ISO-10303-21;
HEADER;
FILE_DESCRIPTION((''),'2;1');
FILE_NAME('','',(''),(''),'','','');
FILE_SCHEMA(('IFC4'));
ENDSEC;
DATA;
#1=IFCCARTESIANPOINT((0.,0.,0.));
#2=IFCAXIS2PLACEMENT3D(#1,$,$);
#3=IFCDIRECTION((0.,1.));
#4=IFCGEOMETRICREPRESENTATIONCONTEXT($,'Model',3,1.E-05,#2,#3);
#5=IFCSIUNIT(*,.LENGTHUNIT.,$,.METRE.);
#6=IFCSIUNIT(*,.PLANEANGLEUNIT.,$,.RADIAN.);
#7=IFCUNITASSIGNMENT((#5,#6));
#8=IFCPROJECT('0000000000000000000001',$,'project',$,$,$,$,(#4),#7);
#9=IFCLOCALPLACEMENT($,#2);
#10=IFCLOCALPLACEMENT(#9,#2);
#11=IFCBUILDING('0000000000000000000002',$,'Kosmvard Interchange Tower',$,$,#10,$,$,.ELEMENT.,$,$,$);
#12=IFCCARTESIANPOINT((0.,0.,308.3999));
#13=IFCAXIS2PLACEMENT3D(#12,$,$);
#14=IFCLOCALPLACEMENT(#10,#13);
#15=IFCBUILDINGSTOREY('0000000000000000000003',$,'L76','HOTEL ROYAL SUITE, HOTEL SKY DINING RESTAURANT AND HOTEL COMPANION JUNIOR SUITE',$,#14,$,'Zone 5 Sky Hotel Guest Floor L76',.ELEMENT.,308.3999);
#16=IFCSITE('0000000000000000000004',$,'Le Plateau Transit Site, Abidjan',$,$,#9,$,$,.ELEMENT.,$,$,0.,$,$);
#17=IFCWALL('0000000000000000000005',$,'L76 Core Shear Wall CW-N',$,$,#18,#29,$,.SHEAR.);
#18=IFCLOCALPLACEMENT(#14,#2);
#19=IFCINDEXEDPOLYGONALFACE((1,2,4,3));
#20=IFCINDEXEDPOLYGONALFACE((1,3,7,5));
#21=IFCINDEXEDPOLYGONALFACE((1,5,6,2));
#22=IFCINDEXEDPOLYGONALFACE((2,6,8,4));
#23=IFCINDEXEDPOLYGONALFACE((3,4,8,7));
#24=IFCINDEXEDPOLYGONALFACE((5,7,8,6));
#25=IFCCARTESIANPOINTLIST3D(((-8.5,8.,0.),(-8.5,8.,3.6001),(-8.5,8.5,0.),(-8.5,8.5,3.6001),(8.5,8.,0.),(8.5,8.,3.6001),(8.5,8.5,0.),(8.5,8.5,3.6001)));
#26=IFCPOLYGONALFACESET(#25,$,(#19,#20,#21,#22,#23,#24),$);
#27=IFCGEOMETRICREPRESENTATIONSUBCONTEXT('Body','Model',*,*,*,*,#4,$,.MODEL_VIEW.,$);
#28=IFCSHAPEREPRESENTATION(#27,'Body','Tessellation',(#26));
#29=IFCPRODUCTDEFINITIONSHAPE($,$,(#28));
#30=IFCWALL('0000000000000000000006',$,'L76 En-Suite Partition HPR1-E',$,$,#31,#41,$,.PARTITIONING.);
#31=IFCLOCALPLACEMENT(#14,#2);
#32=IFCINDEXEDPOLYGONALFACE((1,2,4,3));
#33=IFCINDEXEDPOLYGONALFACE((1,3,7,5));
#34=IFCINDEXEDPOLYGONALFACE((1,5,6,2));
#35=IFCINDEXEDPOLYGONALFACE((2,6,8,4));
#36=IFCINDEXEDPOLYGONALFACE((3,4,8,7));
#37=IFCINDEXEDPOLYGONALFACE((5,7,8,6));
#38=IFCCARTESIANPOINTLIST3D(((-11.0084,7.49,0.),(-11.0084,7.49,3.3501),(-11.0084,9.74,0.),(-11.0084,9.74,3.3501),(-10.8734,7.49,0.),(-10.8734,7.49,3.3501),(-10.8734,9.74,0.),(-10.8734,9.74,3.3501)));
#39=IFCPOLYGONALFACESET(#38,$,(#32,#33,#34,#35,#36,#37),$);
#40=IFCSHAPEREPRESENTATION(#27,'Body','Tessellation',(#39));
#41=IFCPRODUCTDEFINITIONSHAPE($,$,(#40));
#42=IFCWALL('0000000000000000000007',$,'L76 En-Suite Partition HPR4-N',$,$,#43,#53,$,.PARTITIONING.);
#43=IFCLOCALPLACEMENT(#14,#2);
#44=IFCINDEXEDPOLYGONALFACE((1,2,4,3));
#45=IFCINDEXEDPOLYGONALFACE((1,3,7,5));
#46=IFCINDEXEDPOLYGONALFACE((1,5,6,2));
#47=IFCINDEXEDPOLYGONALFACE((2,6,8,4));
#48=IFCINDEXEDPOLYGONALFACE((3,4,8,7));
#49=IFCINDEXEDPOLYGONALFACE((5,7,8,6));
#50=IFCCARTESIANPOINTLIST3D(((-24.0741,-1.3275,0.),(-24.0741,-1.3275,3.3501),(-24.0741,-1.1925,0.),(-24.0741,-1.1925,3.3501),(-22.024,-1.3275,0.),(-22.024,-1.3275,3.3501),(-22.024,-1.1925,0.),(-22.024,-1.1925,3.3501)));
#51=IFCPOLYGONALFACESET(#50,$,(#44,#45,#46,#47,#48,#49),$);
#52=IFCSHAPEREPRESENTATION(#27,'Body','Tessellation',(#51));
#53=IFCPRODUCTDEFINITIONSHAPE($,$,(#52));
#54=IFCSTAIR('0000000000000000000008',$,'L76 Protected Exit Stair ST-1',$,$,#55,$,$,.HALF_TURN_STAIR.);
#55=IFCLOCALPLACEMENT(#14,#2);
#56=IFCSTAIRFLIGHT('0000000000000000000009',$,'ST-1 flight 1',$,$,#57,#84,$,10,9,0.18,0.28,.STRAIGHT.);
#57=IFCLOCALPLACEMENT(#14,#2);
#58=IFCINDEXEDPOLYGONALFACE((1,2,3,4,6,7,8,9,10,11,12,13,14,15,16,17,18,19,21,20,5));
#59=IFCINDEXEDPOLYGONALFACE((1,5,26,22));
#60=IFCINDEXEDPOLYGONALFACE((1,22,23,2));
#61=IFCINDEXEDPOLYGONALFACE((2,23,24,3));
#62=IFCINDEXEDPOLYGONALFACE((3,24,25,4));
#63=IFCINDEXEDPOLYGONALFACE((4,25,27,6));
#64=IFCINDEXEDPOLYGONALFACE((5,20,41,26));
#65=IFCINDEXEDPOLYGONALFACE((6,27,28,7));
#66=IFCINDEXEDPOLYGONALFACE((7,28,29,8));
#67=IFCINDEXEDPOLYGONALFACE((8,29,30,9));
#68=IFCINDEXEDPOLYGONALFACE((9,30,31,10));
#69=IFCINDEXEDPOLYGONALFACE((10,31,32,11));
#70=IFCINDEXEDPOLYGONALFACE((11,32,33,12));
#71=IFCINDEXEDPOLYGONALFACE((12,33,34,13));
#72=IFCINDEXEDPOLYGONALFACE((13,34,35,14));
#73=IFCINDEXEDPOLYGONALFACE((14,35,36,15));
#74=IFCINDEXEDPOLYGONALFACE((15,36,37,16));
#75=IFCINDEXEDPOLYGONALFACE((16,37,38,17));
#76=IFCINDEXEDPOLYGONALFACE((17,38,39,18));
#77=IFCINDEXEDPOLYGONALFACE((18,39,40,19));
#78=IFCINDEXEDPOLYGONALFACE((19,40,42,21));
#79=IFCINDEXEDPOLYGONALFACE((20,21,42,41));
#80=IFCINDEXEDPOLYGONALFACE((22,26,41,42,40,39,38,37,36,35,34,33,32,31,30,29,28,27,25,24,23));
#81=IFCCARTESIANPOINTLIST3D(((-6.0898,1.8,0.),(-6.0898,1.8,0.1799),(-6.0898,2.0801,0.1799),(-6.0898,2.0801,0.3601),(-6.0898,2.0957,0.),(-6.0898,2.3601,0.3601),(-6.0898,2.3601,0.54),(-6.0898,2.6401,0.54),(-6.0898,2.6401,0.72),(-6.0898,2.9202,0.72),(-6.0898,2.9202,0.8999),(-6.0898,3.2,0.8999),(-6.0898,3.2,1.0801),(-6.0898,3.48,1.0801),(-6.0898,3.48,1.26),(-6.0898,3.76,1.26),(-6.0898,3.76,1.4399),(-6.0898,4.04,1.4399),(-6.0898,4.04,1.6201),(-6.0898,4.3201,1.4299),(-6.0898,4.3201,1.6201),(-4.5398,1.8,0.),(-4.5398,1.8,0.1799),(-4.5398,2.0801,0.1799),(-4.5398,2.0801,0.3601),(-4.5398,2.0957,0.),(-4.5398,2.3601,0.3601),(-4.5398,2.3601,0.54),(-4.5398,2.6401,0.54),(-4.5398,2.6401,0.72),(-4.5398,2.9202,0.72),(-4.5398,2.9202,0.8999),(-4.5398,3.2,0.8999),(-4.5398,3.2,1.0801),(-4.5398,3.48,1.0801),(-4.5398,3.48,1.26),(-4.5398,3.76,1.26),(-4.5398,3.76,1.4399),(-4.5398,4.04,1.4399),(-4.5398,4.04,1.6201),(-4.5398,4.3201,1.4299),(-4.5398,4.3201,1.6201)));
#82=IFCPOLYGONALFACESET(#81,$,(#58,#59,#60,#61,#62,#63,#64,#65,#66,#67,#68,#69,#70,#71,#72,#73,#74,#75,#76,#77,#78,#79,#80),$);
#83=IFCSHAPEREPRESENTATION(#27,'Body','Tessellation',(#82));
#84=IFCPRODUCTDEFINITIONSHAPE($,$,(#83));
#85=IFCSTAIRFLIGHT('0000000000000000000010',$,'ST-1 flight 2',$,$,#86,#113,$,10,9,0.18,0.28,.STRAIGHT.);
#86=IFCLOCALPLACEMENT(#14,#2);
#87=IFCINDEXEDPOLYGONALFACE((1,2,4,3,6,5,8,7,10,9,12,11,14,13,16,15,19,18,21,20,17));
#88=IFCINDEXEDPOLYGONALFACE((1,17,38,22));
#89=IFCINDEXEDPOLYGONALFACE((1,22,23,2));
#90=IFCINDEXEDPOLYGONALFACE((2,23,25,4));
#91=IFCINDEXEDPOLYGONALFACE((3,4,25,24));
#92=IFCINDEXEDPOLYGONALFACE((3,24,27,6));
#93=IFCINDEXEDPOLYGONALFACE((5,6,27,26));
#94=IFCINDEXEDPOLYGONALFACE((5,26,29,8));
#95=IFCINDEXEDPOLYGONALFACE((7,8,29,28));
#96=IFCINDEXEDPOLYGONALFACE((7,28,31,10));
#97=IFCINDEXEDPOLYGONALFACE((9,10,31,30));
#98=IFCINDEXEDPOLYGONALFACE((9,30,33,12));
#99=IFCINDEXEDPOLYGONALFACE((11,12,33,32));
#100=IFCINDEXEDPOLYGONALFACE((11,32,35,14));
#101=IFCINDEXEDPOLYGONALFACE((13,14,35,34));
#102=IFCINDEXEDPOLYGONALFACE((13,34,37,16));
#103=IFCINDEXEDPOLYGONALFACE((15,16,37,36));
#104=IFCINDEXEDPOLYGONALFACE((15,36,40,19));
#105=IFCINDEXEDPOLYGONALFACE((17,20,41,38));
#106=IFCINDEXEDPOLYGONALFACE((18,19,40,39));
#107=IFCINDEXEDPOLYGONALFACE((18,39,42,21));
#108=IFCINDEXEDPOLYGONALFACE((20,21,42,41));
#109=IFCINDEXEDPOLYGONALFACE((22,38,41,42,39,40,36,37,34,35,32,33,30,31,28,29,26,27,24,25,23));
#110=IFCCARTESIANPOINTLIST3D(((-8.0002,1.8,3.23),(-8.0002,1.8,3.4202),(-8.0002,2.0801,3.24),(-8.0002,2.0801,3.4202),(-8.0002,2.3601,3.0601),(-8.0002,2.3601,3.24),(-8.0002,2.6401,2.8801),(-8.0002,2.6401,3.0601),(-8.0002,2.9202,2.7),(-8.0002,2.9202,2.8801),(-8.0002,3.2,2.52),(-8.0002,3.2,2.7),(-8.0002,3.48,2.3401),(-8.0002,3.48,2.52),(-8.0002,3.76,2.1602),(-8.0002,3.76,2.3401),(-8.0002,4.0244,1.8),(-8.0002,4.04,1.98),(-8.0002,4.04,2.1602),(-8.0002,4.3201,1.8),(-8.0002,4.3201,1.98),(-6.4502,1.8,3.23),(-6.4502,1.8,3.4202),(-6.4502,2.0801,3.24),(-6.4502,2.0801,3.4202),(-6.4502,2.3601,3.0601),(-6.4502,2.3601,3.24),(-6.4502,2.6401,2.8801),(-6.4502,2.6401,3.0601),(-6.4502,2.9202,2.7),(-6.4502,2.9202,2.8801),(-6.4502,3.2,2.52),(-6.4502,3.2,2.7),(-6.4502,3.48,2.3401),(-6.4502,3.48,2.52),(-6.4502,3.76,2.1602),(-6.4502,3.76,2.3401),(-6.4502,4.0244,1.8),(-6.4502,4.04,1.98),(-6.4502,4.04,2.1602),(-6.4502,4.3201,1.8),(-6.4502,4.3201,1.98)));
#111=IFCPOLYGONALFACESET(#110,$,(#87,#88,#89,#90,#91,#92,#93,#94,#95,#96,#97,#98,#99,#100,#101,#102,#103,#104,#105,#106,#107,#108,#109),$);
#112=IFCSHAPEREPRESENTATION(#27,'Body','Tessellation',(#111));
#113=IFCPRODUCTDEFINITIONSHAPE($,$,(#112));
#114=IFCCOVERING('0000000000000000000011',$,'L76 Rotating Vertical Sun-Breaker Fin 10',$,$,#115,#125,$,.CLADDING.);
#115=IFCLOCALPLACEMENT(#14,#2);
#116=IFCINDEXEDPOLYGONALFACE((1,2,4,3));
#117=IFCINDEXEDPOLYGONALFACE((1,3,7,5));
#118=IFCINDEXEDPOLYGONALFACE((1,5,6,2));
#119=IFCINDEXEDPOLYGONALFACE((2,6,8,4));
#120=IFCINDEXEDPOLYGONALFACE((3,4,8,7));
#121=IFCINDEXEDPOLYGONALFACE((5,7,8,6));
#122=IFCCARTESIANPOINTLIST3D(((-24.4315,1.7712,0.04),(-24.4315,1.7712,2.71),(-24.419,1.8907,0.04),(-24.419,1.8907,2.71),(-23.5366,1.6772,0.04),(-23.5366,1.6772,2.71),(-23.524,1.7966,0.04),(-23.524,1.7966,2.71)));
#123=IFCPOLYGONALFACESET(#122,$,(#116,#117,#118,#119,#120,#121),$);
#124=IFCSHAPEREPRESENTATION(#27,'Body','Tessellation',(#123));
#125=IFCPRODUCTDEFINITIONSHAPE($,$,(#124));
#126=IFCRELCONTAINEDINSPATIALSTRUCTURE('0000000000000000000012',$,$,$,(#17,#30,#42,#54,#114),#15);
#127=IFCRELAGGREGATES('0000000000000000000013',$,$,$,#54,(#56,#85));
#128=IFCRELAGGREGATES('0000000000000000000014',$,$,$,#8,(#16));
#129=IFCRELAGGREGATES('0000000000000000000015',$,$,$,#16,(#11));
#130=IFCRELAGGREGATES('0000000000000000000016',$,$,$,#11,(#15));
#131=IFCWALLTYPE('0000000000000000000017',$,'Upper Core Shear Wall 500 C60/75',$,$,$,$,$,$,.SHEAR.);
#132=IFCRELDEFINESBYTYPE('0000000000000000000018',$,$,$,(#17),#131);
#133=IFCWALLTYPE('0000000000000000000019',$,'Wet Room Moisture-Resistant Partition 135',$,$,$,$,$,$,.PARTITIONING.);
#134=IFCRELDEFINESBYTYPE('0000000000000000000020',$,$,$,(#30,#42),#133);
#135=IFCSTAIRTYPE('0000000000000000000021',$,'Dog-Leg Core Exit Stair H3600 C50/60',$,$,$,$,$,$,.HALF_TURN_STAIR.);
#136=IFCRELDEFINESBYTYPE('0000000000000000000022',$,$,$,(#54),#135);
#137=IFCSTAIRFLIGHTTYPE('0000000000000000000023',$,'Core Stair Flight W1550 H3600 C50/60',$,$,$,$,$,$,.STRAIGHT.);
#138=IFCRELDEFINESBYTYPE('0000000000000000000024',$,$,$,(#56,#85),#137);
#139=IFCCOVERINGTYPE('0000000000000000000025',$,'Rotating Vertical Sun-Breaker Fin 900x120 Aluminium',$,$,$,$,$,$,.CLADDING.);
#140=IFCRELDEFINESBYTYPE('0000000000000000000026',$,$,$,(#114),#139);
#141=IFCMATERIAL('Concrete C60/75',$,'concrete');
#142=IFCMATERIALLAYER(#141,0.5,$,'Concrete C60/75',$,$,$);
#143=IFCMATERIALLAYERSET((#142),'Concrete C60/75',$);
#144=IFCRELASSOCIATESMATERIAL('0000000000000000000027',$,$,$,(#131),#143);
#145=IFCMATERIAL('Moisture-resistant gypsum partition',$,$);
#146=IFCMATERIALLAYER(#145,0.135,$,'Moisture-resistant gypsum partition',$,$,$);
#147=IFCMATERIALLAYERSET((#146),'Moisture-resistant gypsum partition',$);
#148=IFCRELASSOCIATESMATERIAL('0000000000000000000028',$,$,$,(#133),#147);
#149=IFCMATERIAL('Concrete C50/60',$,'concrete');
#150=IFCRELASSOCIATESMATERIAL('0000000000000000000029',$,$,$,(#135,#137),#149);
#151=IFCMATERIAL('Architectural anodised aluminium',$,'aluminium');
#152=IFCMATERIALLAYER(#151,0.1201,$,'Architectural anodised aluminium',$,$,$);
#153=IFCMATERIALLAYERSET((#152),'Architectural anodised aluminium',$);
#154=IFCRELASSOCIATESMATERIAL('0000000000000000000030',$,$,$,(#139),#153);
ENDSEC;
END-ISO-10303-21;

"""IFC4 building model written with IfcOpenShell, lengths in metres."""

from ifc_helpers import new_model, si_unit, direction, frame, frame_2d, origin, origin_2d, place, context, subcontext, project, spatial, polyline, rectangle, outline, extrude, source, transform, mapped, material, layer, layer_set, type_object, element, aggregate, save


model = new_model("IFC4")

# Units and contexts
model_context = context("Model", 3, precision=1e-05, world=origin(), true_north=direction((0.0, 1.0)))
body_context = subcontext(model_context, "Body", "Model", "MODEL_VIEW")
ifc_project = project(units=[si_unit("LENGTHUNIT", "METRE"), si_unit("PLANEANGLEUNIT", "RADIAN")], contexts=[model_context])

# Site, building, storey
site_placement = place(None, origin())
site = spatial("IfcSite", under=ifc_project, at=site_placement, Name="Le Plateau Transit Site, Abidjan", CompositionType="ELEMENT", RefElevation=0.0)
building_placement = place(site_placement, origin())
building = spatial("IfcBuilding", under=site, at=building_placement, Name="Kosmvard Interchange Tower", CompositionType="ELEMENT")
storey_placement = place(building_placement, frame((0.0, 0.0, 308.3999)))
storey = spatial("IfcBuildingStorey", under=building, at=storey_placement, Name="L76", Description="HOTEL ROYAL SUITE, HOTEL SKY DINING RESTAURANT AND HOTEL COMPANION JUNIOR SUITE", LongName="Zone 5 Sky Hotel Guest Floor L76", CompositionType="ELEMENT", Elevation=308.3999)

# Shared definitions
ifc_material_1 = material(Name="Concrete C50/60", Category="concrete")

# Shared definitions
ifc_material_2 = material(Name="Concrete C60/75", Category="concrete")

# Walls
ifc_layer_1 = layer(ifc_material_2, 0.5, Name="Concrete C60/75")
ifc_layer_set_1 = layer_set([ifc_layer_1], Name="Concrete C60/75")
wall_type_1 = type_object("IfcWallType", Name="Upper Core Shear Wall 500 C60/75", PredefinedType="SHEAR", material=ifc_layer_set_1)
wall_1_placement = place(storey_placement, frame((-8.5, 8.25, 0.0), z_axis=(0.0, 0.0, 1.0), x_axis=(1.0, 0.0, 0.0)))
element("IfcWall", 1, at=wall_1_placement, inside=storey, type_object=wall_type_1, Name="L76 Core Shear Wall CW-N", PredefinedType="SHEAR", context=body_context, shape_type="SweptSolid", body=[
    extrude(rectangle(XDim=17.0, YDim=0.5, at=frame_2d((8.5, 0.0))), origin(), (0.0, 0.0, 1.0), 3.6001),
])
ifc_material_3 = material(Name="Moisture-resistant gypsum partition")
ifc_layer_2 = layer(ifc_material_3, 0.135, Name="Moisture-resistant gypsum partition")
ifc_layer_set_2 = layer_set([ifc_layer_2], Name="Moisture-resistant gypsum partition")
wall_type_2 = type_object("IfcWallType", Name="Wet Room Moisture-Resistant Partition 135", PredefinedType="PARTITIONING", material=ifc_layer_set_2)
wall_2_placement = place(storey_placement, frame((-10.9409, 7.49, 0.0), z_axis=(0.0, 0.0, 1.0), x_axis=(0.0, 1.0, 0.0)))
element("IfcWall", 2, at=wall_2_placement, inside=storey, type_object=wall_type_2, Name="L76 En-Suite Partition HPR1-E", PredefinedType="PARTITIONING", context=body_context, shape_type="SweptSolid", body=[
    extrude(rectangle(XDim=2.25, YDim=0.135, at=frame_2d((1.125, 0.0))), origin(), (0.0, 0.0, 1.0), 3.3501),
])
wall_3_placement = place(storey_placement, frame((-24.074, -1.26, 0.0), z_axis=(0.0, 0.0, 1.0), x_axis=(1.0, 0.0, 0.0)))
element("IfcWall", 3, at=wall_3_placement, inside=storey, type_object=wall_type_2, Name="L76 En-Suite Partition HPR4-N", PredefinedType="PARTITIONING", context=body_context, shape_type="SweptSolid", body=[
    extrude(rectangle(XDim=2.05, YDim=0.135, at=frame_2d((1.0249, 0.0))), origin(), (0.0, 0.0, 1.0), 3.3501),
])

# Stair, stair flights
stair_type = type_object("IfcStairType", Name="Dog-Leg Core Exit Stair H3600 C50/60", PredefinedType="HALF_TURN_STAIR", material=ifc_material_1)
stair_placement = place(storey_placement, origin())
stair = element("IfcStair", 4, at=stair_placement, inside=storey, type_object=stair_type, Name="L76 Protected Exit Stair ST-1", PredefinedType="HALF_TURN_STAIR")
stair_flight_type = type_object("IfcStairFlightType", Name="Core Stair Flight W1550 H3600 C50/60", PredefinedType="STRAIGHT", material=ifc_material_1)
shared_shape_1 = source(origin(), body_context, "Body", "SweptSolid", [
    extrude(outline(polyline([(0.0, 0.0), (0.0, 0.1799), (0.28, 0.1799), (0.28, 0.3601), (0.5601, 0.3601), (0.5601, 0.54), (0.8401, 0.54), (0.8401, 0.72), (1.1201, 0.72), (1.1201, 0.8999), (1.3999, 0.8999), (1.3999, 1.0801), (1.6799, 1.0801), (1.6799, 1.26), (1.96, 1.26), (1.96, 1.4399), (2.24, 1.4399), (2.24, 1.6201), (2.52, 1.6201), (2.52, 1.8), (2.52, 1.4299), (0.2957, 0.0), (0.0, 0.0)])), frame((0.0, 0.7749, 0.0), z_axis=(0.0, -1.0, 0.0), x_axis=(1.0, 0.0, 0.0)), (0.0, 0.0, 1.0), 1.55),
])
stair_flight_1_placement = place(storey_placement, frame((-5.3149, 1.8, 0.0), z_axis=(0.0, 0.0, 1.0), x_axis=(0.0, 1.0, 0.0)))
stair_flight_1 = element("IfcStairFlight", 5, at=stair_flight_1_placement, type_object=stair_flight_type, Name="ST-1 flight 1", NumberOfRisers=10, NumberOfTreads=9, PredefinedType="STRAIGHT", RiserHeight=0.18, TreadLength=0.28, context=body_context, shape_type="MappedRepresentation", body=[
    mapped(shared_shape_1, transform((0.0, 0.0, 0.0), scale=1.0)),
])
stair_flight_2_placement = place(storey_placement, frame((-7.2251, 4.3201, 1.8), z_axis=(0.0, 0.0, 1.0), x_axis=(0.0, -1.0, 0.0)))
stair_flight_2 = element("IfcStairFlight", 6, at=stair_flight_2_placement, type_object=stair_flight_type, Name="ST-1 flight 2", NumberOfRisers=10, NumberOfTreads=9, PredefinedType="STRAIGHT", RiserHeight=0.18, TreadLength=0.28, context=body_context, shape_type="MappedRepresentation", body=[
    mapped(shared_shape_1, transform((0.0, 0.0, 0.0), scale=1.0)),
])
aggregate(stair, [stair_flight_1, stair_flight_2])

# Covering
ifc_material_4 = material(Name="Architectural anodised aluminium", Category="aluminium")
ifc_layer_3 = layer(ifc_material_4, 0.1201, Name="Architectural anodised aluminium")
ifc_layer_set_3 = layer_set([ifc_layer_3], Name="Architectural anodised aluminium")
covering_type = type_object("IfcCoveringType", Name="Rotating Vertical Sun-Breaker Fin 900x120 Aluminium", PredefinedType="CLADDING", material=ifc_layer_set_3)
shared_shape_2 = source(origin(), body_context, "Body", "SweptSolid", [
    extrude(rectangle(XDim=0.8999, YDim=0.1201, at=origin_2d()), origin(), (0.0, 0.0, 1.0), 2.6699),
])
covering_placement = place(storey_placement, frame((-23.9778, 1.7839, 0.04), z_axis=(0.0, 0.0, 1.0), x_axis=(-0.994522, 0.104528, 0.0)))
element("IfcCovering", 7, at=covering_placement, inside=storey, type_object=covering_type, Name="L76 Rotating Vertical Sun-Breaker Fin 10", PredefinedType="CLADDING", context=body_context, shape_type="MappedRepresentation", body=[
    mapped(shared_shape_2, transform((0.0, 0.0, 0.0), scale=1.0)),
])

save(model, "model.ifc")
